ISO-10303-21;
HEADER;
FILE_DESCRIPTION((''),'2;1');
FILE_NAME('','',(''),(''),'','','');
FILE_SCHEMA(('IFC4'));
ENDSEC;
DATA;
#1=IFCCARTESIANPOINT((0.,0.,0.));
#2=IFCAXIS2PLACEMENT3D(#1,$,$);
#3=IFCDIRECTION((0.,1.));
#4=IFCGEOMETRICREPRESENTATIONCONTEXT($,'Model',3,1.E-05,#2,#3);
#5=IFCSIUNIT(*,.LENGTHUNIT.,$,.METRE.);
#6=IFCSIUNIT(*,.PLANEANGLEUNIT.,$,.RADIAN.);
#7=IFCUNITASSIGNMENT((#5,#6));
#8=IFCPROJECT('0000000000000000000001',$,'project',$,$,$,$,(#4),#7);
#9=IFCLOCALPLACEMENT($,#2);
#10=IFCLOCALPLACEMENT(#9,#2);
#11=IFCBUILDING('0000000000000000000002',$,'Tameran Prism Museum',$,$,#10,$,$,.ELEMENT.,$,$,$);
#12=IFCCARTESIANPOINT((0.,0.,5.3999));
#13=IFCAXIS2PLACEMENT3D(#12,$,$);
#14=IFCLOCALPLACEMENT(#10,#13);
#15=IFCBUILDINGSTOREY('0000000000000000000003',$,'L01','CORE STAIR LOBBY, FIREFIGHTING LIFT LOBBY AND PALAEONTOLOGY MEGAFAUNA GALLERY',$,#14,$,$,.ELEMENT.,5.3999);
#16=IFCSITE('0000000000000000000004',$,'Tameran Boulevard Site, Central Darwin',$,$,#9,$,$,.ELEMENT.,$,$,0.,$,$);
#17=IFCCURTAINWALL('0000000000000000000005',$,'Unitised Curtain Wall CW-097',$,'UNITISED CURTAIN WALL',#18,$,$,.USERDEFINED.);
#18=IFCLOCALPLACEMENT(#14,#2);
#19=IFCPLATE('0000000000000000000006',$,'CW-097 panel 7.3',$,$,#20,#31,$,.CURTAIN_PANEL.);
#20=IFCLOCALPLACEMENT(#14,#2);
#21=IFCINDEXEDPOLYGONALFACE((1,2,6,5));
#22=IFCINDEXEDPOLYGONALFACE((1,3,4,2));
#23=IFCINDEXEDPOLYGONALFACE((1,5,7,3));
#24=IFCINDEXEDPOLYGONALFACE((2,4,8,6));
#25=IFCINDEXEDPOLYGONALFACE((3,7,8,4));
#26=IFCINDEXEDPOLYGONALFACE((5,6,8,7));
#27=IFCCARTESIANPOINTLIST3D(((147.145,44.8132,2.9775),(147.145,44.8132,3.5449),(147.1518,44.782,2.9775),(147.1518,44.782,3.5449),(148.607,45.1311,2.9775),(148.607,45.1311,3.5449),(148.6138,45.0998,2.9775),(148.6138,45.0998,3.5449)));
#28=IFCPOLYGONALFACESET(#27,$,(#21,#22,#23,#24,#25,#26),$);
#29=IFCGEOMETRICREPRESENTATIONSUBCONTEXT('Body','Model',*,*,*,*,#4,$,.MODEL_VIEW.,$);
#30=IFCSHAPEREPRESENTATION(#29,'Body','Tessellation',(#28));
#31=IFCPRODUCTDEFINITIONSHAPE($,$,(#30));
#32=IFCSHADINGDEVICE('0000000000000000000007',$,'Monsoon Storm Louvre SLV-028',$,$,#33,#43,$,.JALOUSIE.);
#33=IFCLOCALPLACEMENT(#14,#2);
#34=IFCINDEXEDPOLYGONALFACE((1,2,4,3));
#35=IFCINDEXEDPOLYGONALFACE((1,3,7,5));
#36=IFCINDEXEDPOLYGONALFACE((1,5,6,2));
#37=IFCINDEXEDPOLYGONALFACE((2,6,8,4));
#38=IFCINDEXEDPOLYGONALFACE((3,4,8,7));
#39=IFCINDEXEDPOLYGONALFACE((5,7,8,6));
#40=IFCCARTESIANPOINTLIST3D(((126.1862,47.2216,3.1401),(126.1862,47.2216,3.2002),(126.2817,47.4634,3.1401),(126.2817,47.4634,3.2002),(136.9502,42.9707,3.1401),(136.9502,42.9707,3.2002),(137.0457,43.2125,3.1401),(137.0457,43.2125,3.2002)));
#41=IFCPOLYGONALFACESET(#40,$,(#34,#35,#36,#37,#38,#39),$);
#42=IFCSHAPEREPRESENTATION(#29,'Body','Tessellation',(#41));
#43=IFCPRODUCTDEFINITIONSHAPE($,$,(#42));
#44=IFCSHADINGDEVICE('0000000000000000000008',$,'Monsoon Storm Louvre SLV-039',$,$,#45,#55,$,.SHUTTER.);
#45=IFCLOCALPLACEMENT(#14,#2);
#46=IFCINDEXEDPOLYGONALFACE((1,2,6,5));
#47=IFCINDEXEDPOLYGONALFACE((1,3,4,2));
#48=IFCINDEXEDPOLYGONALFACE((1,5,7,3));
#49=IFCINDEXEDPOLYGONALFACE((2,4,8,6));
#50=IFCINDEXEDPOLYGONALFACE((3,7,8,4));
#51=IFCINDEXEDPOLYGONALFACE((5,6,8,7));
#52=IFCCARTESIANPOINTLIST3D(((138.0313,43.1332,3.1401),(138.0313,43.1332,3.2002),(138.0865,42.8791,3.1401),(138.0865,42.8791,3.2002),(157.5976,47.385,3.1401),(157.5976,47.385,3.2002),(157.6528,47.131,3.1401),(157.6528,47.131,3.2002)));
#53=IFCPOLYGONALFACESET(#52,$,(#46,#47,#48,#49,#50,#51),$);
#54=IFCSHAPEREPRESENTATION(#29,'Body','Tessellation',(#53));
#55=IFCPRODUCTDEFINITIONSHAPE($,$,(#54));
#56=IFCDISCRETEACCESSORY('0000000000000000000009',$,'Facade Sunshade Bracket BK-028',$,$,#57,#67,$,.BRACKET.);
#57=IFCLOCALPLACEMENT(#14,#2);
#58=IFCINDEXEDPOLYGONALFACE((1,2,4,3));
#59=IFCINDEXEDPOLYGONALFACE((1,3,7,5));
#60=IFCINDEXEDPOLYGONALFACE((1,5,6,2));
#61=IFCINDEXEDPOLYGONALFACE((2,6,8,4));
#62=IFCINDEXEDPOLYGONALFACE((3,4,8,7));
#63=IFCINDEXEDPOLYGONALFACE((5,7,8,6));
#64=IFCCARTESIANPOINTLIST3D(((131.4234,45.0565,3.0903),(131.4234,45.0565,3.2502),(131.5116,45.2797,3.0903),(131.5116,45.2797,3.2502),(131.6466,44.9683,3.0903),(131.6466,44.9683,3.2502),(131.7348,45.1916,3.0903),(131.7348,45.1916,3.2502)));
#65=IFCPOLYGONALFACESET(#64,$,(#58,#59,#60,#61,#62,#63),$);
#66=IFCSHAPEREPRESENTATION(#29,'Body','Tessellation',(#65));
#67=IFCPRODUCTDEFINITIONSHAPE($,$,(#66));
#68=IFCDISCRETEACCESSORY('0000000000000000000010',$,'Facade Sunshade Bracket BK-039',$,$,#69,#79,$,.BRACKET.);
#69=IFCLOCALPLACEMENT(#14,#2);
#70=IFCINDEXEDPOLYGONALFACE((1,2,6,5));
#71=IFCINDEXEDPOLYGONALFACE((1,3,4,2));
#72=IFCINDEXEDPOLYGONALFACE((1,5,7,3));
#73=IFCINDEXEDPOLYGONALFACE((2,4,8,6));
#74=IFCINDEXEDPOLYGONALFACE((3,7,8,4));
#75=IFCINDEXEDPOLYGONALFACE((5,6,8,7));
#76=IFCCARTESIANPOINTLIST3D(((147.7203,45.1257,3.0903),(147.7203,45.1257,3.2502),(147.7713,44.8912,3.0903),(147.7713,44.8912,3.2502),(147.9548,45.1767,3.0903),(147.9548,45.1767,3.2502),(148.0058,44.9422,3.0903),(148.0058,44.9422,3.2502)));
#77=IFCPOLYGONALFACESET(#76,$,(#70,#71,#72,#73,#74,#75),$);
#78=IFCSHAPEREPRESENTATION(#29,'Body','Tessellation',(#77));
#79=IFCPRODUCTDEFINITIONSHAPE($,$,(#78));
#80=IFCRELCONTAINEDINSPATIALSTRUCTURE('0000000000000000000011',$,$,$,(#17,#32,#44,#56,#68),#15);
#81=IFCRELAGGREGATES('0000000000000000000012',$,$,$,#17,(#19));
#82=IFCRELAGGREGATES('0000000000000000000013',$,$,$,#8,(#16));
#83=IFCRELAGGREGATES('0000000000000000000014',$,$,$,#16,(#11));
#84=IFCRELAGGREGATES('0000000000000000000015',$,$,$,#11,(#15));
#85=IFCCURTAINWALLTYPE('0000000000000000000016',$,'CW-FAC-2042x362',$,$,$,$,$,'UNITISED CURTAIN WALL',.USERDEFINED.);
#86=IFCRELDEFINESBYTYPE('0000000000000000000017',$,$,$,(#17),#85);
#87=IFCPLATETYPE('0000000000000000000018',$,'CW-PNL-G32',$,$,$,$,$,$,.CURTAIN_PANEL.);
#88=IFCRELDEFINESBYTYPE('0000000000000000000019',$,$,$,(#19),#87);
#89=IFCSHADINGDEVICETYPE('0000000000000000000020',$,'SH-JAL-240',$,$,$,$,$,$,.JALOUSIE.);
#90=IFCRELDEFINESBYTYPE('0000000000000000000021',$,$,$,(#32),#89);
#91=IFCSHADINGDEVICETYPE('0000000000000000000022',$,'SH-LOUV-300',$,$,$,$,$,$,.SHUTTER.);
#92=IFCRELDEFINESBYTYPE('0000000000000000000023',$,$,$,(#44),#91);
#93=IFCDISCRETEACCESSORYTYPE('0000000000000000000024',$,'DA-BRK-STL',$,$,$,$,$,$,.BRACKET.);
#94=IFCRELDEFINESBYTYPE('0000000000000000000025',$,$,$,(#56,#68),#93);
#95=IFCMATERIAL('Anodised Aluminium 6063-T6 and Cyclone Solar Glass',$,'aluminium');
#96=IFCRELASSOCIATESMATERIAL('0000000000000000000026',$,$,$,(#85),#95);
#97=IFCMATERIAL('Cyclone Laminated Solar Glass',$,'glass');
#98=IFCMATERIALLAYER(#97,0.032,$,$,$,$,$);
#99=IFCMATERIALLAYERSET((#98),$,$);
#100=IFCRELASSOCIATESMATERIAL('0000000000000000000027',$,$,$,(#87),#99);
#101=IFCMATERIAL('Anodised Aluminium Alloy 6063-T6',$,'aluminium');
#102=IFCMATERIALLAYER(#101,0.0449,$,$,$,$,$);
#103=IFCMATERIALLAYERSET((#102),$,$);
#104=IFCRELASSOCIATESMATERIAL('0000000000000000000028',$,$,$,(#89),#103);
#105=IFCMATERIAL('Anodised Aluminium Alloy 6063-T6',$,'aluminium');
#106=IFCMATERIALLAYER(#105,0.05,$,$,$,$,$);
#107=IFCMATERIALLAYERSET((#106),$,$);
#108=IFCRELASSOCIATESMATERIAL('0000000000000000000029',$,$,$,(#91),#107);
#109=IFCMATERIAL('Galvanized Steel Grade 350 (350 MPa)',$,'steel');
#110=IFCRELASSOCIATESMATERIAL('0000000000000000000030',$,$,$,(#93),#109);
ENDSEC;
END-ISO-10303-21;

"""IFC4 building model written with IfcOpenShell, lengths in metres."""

from ifc_helpers import new_model, si_unit, direction, frame, origin, origin_2d, place, context, subcontext, project, spatial, rectangle, extrude, material, layer, layer_set, type_object, element, aggregate, save


model = new_model("IFC4")

# Units and contexts
model_context = context("Model", 3, precision=1e-05, world=origin(), true_north=direction((0.0, 1.0)))
body_context = subcontext(model_context, "Body", "Model", "MODEL_VIEW")
ifc_project = project(units=[si_unit("LENGTHUNIT", "METRE"), si_unit("PLANEANGLEUNIT", "RADIAN")], contexts=[model_context])

# Site, building, storey
site_placement = place(None, origin())
site = spatial("IfcSite", under=ifc_project, at=site_placement, Name="Tameran Boulevard Site, Central Darwin", CompositionType="ELEMENT", RefElevation=0.0)
building_placement = place(site_placement, origin())
building = spatial("IfcBuilding", under=site, at=building_placement, Name="Tameran Prism Museum", CompositionType="ELEMENT")
storey_placement = place(building_placement, frame((0.0, 0.0, 5.3999)))
storey = spatial("IfcBuildingStorey", under=building, at=storey_placement, Name="L01", Description="CORE STAIR LOBBY, FIREFIGHTING LIFT LOBBY AND PALAEONTOLOGY MEGAFAUNA GALLERY", CompositionType="ELEMENT", Elevation=5.3999)

# Curtain wall
ifc_material_1 = material(Name="Anodised Aluminium 6063-T6 and Cyclone Solar Glass", Category="aluminium")
curtain_wall_type_1 = type_object("IfcCurtainWallType", Name="CW-FAC-2042x362", ElementType="UNITISED CURTAIN WALL", PredefinedType="USERDEFINED", material=ifc_material_1)
curtain_wall_1_placement = place(storey_placement, origin())
curtain_wall_1 = element("IfcCurtainWall", 1, at=curtain_wall_1_placement, inside=storey, type_object=curtain_wall_type_1, Name="Unitised Curtain Wall CW-097", ObjectType="UNITISED CURTAIN WALL", PredefinedType="USERDEFINED")

# Plate
ifc_material_2 = material(Name="Cyclone Laminated Solar Glass", Category="glass")
ifc_layer_1 = layer(ifc_material_2, 0.032)
ifc_layer_set_1 = layer_set([ifc_layer_1])
plate_type_1 = type_object("IfcPlateType", Name="CW-PNL-G32", PredefinedType="CURTAIN_PANEL", material=ifc_layer_set_1)
plate_1_placement = place(storey_placement, frame((147.8794, 44.9565, 2.9775), z_axis=(0.0, 0.0, 1.0), x_axis=(0.977171, 0.212454, 0.0)))
plate_1 = element("IfcPlate", 2, at=plate_1_placement, type_object=plate_type_1, Name="CW-097 panel 7.3", PredefinedType="CURTAIN_PANEL", context=body_context, shape_type="SweptSolid", body=[
    extrude(rectangle(XDim=1.4961, YDim=0.032, at=origin_2d()), origin(), (0.0, 0.0, 1.0), 0.5674),
])
aggregate(curtain_wall_1, [plate_1])

# Shading devices
ifc_material_3 = material(Name="Anodised Aluminium Alloy 6063-T6", Category="aluminium")
ifc_layer_2 = layer(ifc_material_3, 0.0449)
ifc_layer_set_2 = layer_set([ifc_layer_2])
shading_device_type_1 = type_object("IfcShadingDeviceType", Name="SH-JAL-240", PredefinedType="JALOUSIE", material=ifc_layer_set_2)
shading_device_1_placement = place(storey_placement, frame((131.616, 45.217, 3.1401), z_axis=(0.0, 0.0, 1.0), x_axis=(0.930097, -0.367313, 0.0)))
element("IfcShadingDevice", 3, at=shading_device_1_placement, inside=storey, type_object=shading_device_type_1, Name="Monsoon Storm Louvre SLV-028", PredefinedType="JALOUSIE", context=body_context, shape_type="SweptSolid", body=[
    extrude(rectangle(XDim=11.573, YDim=0.26, at=origin_2d()), origin(), (0.0, 0.0, 1.0), 0.0601),
])
ifc_material_4 = material(Name="Anodised Aluminium Alloy 6063-T6", Category="aluminium")
ifc_layer_3 = layer(ifc_material_4, 0.05)
ifc_layer_set_3 = layer_set([ifc_layer_3])
shading_device_type_2 = type_object("IfcShadingDeviceType", Name="SH-LOUV-300", PredefinedType="SHUTTER", material=ifc_layer_set_3)
shading_device_2_placement = place(storey_placement, frame((147.842, 45.1321, 3.1401), z_axis=(0.0, 0.0, 1.0), x_axis=(0.977194, 0.212348, 0.0)))
element("IfcShadingDevice", 4, at=shading_device_2_placement, inside=storey, type_object=shading_device_type_2, Name="Monsoon Storm Louvre SLV-039", PredefinedType="SHUTTER", context=body_context, shape_type="SweptSolid", body=[
    extrude(rectangle(XDim=20.0229, YDim=0.26, at=origin_2d()), origin(), (0.0, 0.0, 1.0), 0.0601),
])

# Discrete accessories
ifc_material_5 = material(Name="Galvanized Steel Grade 350 (350 MPa)", Category="steel")
discrete_accessory_type = type_object("IfcDiscreteAccessoryType", Name="DA-BRK-STL", PredefinedType="BRACKET", material=ifc_material_5)
for number, where, z_axis, x_axis, name in (
    (5, (131.5791, 45.124, 3.0903), (0.0, 0.0, 1.0), (0.930097, -0.367313, 0.0), "Facade Sunshade Bracket BK-028"),
    (6, (147.863, 45.0339, 3.0903), (0.0, 0.0, 1.0), (0.977194, 0.212348, 0.0), "Facade Sunshade Bracket BK-039"),
):
    element("IfcDiscreteAccessory", number, at=place(storey_placement, frame(where, z_axis=z_axis, x_axis=x_axis)), inside=storey, type_object=discrete_accessory_type, Name=name, PredefinedType="BRACKET", context=body_context, shape_type="SweptSolid", body=[
        extrude(rectangle(XDim=0.24, YDim=0.24, at=origin_2d()), origin(), (0.0, 0.0, 1.0), 0.1599),
    ])

save(model, "model.ifc")
